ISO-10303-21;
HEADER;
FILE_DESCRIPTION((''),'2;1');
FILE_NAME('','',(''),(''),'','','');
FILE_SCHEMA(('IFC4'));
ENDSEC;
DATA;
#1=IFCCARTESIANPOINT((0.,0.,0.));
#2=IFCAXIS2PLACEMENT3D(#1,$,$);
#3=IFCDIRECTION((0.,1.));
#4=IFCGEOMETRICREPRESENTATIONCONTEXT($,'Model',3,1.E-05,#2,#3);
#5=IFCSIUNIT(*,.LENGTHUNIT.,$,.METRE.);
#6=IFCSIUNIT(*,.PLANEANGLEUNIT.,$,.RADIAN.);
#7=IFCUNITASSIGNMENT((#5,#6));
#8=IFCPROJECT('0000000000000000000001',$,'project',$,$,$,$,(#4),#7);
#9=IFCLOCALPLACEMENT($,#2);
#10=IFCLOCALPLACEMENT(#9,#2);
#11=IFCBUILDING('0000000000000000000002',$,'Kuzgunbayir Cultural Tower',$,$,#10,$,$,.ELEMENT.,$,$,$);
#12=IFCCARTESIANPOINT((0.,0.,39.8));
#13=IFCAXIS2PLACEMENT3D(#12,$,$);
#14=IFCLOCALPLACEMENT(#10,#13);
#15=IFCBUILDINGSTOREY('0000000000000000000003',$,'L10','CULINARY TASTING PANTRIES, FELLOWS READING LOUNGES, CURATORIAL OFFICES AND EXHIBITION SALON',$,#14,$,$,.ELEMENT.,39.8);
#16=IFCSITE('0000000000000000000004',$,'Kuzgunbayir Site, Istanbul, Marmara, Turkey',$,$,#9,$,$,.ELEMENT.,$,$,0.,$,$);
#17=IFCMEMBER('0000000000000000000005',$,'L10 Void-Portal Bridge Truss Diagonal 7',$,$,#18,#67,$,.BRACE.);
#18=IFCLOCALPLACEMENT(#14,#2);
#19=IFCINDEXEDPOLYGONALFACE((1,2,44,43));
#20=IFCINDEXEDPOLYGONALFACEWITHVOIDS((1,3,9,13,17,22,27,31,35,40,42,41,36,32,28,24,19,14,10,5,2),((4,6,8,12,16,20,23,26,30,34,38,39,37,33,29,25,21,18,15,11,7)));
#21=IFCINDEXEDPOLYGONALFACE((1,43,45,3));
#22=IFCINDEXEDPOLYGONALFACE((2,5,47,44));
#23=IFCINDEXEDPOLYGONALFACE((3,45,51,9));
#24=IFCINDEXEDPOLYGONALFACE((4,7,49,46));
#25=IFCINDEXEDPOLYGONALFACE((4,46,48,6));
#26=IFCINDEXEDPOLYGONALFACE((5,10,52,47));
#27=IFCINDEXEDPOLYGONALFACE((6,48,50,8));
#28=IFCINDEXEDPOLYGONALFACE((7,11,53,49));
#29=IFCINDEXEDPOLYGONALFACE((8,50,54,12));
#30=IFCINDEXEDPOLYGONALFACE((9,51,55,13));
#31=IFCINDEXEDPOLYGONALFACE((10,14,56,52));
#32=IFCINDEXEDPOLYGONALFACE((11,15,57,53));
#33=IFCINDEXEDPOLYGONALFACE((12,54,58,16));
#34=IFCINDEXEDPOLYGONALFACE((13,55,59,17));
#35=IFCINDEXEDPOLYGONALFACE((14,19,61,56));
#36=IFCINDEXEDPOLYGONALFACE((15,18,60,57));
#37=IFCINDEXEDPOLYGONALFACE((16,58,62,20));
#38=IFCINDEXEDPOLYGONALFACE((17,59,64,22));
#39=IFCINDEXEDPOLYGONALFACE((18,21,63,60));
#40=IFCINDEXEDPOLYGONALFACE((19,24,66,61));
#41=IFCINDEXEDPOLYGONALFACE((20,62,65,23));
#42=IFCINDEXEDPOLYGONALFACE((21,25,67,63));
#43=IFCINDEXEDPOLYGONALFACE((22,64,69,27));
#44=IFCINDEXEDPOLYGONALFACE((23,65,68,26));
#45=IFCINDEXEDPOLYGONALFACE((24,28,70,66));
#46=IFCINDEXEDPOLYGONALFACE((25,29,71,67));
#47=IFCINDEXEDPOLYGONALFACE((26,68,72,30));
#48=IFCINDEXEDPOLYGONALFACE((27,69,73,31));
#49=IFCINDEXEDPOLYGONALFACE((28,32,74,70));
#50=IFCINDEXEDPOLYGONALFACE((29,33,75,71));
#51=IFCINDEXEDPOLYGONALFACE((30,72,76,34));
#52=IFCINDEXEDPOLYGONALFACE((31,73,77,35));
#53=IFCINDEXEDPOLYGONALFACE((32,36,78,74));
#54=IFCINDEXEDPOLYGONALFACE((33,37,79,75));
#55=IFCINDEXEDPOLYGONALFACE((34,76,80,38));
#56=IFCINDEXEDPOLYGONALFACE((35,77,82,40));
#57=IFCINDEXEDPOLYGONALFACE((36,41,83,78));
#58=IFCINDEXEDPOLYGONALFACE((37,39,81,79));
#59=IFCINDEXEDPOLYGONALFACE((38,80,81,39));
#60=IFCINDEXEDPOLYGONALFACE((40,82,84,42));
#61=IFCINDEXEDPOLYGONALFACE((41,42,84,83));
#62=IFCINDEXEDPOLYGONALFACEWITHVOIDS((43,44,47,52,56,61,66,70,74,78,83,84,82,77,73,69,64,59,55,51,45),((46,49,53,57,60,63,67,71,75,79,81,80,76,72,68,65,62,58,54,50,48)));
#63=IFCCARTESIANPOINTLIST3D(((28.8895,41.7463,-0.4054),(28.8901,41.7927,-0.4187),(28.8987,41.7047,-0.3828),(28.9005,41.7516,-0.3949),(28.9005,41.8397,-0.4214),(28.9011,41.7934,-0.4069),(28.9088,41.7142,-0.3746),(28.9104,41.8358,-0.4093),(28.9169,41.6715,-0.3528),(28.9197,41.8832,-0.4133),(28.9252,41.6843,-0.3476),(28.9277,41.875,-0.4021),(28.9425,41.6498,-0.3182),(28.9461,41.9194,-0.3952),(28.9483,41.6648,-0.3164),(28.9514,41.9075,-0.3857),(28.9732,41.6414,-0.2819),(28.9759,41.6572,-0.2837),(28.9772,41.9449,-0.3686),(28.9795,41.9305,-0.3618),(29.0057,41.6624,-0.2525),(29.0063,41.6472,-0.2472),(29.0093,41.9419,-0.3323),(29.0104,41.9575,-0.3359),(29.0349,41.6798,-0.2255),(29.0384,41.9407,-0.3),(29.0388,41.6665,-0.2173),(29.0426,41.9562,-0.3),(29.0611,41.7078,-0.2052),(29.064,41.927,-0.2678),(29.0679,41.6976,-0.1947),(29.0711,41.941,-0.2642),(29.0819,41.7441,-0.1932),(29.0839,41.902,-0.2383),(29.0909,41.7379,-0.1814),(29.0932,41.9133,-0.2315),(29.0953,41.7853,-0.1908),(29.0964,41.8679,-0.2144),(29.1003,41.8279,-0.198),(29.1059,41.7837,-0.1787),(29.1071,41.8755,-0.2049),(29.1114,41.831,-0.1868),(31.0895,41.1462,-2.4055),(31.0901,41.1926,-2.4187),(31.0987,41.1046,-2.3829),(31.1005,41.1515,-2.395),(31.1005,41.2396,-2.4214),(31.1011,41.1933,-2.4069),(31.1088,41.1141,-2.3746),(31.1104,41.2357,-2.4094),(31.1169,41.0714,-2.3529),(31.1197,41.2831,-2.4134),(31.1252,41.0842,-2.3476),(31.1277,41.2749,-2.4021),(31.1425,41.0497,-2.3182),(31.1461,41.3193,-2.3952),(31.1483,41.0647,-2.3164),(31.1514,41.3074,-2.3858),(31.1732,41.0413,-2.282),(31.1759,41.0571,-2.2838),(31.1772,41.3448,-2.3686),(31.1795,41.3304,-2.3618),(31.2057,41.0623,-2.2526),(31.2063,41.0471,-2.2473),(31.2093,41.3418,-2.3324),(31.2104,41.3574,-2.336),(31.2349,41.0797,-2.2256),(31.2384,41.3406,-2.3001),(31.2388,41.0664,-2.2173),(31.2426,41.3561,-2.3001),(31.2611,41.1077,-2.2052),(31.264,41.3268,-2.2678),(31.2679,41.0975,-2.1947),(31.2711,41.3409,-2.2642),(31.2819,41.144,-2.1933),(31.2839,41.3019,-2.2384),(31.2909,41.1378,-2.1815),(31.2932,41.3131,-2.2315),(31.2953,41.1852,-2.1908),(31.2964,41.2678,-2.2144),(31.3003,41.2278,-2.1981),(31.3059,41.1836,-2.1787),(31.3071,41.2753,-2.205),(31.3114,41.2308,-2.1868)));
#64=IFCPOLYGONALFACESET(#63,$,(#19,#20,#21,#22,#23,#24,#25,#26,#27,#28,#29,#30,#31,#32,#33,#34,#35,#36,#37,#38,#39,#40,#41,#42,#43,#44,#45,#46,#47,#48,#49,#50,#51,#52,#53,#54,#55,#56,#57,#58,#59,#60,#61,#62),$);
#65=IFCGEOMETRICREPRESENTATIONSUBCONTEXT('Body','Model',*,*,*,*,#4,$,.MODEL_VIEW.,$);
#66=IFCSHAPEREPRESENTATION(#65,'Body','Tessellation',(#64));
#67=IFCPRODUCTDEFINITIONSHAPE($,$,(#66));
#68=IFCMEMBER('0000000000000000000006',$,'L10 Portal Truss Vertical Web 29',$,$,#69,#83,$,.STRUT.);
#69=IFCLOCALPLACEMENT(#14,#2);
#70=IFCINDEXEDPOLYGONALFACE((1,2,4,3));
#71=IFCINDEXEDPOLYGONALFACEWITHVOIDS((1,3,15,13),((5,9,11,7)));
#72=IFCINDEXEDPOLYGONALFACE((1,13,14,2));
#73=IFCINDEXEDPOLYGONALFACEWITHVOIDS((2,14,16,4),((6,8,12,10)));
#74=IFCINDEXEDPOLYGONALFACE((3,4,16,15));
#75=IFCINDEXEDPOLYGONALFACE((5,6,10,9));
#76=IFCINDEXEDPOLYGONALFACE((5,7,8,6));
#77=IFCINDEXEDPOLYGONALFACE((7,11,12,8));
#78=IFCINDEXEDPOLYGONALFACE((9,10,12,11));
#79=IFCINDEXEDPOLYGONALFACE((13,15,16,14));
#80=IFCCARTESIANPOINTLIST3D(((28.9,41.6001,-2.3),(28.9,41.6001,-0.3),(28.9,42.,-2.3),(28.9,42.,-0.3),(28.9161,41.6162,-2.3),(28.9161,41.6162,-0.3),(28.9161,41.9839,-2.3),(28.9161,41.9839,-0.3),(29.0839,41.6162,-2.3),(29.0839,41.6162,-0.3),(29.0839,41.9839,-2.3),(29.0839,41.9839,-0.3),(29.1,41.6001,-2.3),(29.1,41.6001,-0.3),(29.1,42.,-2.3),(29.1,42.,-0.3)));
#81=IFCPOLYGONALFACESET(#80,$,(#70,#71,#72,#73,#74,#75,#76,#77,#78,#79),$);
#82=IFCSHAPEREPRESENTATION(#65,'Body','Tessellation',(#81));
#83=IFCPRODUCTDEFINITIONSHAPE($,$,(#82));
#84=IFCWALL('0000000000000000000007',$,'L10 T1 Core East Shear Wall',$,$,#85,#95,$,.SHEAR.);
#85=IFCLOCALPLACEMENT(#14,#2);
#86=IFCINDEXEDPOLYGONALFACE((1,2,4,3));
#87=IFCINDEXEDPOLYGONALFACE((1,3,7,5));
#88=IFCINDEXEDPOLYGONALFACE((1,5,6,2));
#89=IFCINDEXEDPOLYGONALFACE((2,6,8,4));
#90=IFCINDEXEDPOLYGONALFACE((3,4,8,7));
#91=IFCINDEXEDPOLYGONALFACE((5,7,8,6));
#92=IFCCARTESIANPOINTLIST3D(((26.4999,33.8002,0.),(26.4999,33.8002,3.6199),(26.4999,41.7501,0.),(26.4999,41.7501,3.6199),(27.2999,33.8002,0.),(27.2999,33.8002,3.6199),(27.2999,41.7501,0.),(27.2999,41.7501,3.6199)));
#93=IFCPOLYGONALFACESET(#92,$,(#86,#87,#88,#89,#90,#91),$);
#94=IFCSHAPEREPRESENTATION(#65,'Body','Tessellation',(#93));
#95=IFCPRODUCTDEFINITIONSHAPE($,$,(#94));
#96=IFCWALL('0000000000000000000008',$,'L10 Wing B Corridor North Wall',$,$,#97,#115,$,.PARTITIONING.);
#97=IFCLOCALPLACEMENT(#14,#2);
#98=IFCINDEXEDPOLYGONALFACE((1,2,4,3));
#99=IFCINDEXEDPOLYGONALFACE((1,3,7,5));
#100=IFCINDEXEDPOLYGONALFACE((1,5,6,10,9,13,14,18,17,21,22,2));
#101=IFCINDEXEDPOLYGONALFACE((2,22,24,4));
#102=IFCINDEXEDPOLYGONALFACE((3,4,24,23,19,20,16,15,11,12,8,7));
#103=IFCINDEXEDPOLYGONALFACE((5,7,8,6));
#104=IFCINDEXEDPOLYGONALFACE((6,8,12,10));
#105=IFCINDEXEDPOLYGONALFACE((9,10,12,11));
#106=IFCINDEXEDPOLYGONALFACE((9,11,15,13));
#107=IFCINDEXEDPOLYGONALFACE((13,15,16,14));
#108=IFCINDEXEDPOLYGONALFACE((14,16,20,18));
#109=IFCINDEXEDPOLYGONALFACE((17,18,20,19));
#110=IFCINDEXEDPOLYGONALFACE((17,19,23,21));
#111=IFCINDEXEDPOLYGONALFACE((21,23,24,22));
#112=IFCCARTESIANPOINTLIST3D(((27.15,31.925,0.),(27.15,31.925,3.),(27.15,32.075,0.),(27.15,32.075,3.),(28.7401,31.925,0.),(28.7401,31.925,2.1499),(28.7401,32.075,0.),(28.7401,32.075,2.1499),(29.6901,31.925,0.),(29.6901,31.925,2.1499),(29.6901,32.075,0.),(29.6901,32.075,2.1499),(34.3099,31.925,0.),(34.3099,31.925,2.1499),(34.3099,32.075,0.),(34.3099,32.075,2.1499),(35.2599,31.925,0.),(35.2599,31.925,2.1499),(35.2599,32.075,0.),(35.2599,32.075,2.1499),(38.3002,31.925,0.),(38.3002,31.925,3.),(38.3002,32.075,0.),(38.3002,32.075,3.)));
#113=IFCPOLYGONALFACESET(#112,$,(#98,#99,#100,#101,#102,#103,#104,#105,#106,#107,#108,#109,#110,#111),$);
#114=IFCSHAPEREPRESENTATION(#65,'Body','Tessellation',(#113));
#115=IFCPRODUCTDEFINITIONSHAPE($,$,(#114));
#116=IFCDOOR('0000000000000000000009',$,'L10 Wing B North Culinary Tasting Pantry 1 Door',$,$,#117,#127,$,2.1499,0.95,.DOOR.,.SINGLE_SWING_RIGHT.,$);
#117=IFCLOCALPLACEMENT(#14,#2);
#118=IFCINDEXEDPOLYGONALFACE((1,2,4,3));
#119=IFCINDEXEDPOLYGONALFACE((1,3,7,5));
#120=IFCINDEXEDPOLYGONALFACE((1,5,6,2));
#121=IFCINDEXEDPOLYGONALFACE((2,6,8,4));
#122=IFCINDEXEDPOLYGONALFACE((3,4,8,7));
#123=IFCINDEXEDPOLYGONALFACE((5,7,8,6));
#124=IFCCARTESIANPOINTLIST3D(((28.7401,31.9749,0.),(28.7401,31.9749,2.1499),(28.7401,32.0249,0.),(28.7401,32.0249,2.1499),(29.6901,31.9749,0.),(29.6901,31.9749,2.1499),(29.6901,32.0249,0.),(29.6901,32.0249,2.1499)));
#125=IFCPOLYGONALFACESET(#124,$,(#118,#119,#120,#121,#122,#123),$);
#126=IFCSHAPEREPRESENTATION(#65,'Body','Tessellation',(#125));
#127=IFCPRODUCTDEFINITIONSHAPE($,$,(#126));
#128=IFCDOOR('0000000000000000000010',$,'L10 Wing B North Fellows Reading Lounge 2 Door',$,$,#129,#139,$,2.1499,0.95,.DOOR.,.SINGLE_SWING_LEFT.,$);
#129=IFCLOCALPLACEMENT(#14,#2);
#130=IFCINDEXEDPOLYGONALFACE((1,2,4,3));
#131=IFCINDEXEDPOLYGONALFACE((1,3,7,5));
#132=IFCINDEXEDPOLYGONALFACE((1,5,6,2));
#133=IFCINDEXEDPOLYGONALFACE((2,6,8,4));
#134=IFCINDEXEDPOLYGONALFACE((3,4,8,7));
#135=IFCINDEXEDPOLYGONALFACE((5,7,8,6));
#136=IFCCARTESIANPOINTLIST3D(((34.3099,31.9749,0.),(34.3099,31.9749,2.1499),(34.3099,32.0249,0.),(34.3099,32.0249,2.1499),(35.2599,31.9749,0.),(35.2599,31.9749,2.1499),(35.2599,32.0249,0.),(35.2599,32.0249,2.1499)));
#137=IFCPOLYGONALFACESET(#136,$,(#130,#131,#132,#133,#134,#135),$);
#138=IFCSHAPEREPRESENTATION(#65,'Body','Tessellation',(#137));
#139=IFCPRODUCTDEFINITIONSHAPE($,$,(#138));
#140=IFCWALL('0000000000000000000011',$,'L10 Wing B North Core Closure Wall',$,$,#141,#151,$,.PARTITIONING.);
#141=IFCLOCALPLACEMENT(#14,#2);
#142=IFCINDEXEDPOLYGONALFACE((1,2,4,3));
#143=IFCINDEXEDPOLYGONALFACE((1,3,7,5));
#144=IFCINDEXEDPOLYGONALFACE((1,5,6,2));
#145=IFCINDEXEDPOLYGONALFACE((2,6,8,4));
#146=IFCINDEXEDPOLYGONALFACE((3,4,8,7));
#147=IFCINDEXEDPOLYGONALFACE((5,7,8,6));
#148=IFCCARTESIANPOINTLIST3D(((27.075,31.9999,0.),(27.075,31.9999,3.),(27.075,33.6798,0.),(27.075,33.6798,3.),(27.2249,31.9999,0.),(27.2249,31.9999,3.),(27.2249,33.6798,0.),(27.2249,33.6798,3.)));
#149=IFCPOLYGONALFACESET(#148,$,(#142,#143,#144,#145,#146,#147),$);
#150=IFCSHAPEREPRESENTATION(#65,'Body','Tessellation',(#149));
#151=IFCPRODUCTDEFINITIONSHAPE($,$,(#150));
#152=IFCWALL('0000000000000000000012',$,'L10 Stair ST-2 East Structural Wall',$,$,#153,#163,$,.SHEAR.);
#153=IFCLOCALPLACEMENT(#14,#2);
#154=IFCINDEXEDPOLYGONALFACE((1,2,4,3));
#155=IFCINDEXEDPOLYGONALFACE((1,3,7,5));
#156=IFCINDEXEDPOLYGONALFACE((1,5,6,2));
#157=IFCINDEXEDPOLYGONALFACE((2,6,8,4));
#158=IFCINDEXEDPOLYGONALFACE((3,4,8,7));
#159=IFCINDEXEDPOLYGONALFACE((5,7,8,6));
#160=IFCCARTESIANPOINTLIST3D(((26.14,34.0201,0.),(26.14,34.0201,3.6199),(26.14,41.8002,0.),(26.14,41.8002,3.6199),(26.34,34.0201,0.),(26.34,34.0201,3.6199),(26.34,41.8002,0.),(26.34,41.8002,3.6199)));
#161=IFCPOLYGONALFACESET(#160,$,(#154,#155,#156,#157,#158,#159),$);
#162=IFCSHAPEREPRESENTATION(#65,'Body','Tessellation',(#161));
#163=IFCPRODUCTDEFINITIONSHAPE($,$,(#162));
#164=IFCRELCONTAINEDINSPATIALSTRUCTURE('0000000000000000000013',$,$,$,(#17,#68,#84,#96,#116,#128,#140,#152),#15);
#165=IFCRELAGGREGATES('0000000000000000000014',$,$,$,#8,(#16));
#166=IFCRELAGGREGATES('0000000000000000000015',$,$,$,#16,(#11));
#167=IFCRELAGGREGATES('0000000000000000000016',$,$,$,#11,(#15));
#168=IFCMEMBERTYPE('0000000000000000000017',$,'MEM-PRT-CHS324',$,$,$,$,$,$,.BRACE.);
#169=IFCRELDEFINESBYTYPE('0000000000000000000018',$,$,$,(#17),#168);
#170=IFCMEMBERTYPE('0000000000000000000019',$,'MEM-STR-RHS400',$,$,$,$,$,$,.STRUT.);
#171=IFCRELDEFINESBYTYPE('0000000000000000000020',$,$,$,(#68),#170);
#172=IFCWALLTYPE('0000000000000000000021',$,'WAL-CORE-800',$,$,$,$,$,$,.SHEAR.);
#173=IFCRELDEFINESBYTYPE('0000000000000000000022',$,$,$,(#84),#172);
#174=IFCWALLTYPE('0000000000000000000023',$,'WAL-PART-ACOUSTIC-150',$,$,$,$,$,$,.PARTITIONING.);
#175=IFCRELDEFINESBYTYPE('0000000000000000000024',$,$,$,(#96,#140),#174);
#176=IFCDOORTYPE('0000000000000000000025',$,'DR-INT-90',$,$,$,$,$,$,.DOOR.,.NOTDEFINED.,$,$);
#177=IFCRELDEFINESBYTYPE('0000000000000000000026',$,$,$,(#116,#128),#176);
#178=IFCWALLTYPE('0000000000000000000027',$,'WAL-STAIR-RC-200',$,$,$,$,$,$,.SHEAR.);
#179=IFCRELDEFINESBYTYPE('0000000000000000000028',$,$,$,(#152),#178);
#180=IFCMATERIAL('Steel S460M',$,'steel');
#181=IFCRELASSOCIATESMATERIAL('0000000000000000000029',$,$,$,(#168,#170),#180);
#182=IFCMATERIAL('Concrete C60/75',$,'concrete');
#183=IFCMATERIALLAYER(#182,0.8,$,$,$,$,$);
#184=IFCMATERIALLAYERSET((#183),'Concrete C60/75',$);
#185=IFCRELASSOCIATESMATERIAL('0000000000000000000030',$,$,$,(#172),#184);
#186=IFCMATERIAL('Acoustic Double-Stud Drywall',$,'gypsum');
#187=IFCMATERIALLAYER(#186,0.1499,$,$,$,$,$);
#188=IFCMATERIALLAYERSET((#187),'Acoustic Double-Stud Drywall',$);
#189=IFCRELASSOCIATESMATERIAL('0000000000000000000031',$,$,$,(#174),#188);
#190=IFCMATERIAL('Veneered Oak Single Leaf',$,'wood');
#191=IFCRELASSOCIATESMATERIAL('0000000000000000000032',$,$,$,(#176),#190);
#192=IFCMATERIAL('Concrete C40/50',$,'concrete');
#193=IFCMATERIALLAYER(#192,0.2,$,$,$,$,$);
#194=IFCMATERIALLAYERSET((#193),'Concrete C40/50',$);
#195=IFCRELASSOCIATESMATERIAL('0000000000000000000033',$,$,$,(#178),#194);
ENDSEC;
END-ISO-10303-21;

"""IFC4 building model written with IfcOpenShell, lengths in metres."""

from ifc_helpers import new_model, si_unit, direction, frame, frame_2d, origin, origin_2d, place, context, subcontext, project, spatial, rectangle, hollow_rectangle, hollow_circle, extrude, material, layer, layer_set, material_profile, profile_set, type_object, element, fill, save


model = new_model("IFC4")

# Units and contexts
model_context = context("Model", 3, precision=1e-05, world=origin(), true_north=direction((0.0, 1.0)))
body_context = subcontext(model_context, "Body", "Model", "MODEL_VIEW")
ifc_project = project(units=[si_unit("LENGTHUNIT", "METRE"), si_unit("PLANEANGLEUNIT", "RADIAN")], contexts=[model_context])

# Site, building, storey
site_placement = place(None, origin())
site = spatial("IfcSite", under=ifc_project, at=site_placement, Name="Kuzgunbayir Site, Istanbul, Marmara, Turkey", CompositionType="ELEMENT", RefElevation=0.0)
building_placement = place(site_placement, origin())
building = spatial("IfcBuilding", under=site, at=building_placement, Name="Kuzgunbayir Cultural Tower", CompositionType="ELEMENT")
storey_placement = place(building_placement, frame((0.0, 0.0, 39.8)))
storey = spatial("IfcBuildingStorey", under=building, at=storey_placement, Name="L10", Description="CULINARY TASTING PANTRIES, FELLOWS READING LOUNGES, CURATORIAL OFFICES AND EXHIBITION SALON", CompositionType="ELEMENT", Elevation=39.8)

# Shared definitions
ifc_material_1 = material(Name="Concrete C60/75", Category="concrete")

# Shared definitions
ifc_material_2 = material(Name="Steel S460M", Category="steel")

# Members
ifc_material_profile_1 = material_profile(ifc_material_2, hollow_circle(Radius=0.1619, WallThickness=0.0161, at=origin_2d()), Name="CHS 323.9x16")
ifc_profile_set_1 = profile_set([ifc_material_profile_1], Name="Steel S460M")
member_type_1 = type_object("IfcMemberType", Name="MEM-PRT-CHS324", PredefinedType="BRACE", material=ifc_profile_set_1)
member_1_placement = place(storey_placement, frame((29.0, 41.8, -0.3), z_axis=(0.725306, -0.197847, -0.659384), x_axis=(0.263163, 0.964751, 0.0)))
element("IfcMember", 1, at=member_1_placement, inside=storey, type_object=member_type_1, Name="L10 Void-Portal Bridge Truss Diagonal 7", PredefinedType="BRACE", context=body_context, shape_type="SweptSolid", body=[
    extrude(hollow_circle(Radius=0.1619, WallThickness=0.0161, at=origin_2d()), origin(), (0.0, 0.0, 1.0), 3.0332),
])
ifc_material_profile_2 = material_profile(ifc_material_2, hollow_rectangle(XDim=0.2, YDim=0.3999, WallThickness=0.0161, at=origin_2d()), Name="RHS 400x200x16")
ifc_profile_set_2 = profile_set([ifc_material_profile_2], Name="Steel S460M")
member_type_2 = type_object("IfcMemberType", Name="MEM-STR-RHS400", PredefinedType="STRUT", material=ifc_profile_set_2)
member_2_placement = place(storey_placement, frame((29.0, 41.8, -2.3), z_axis=(0.0, 0.0, 1.0), x_axis=(1.0, 0.0, 0.0)))
element("IfcMember", 2, at=member_2_placement, inside=storey, type_object=member_type_2, Name="L10 Portal Truss Vertical Web 29", PredefinedType="STRUT", context=body_context, shape_type="SweptSolid", body=[
    extrude(hollow_rectangle(XDim=0.2, YDim=0.3999, WallThickness=0.0161, at=origin_2d()), origin(), (0.0, 0.0, 1.0), 2.0),
])

# Wall
ifc_layer_1 = layer(ifc_material_1, 0.8)
ifc_layer_set_1 = layer_set([ifc_layer_1], Name="Concrete C60/75")
wall_type_1 = type_object("IfcWallType", Name="WAL-CORE-800", PredefinedType="SHEAR", material=ifc_layer_set_1)
wall_1_placement = place(storey_placement, frame((26.8999, 33.8, 0.0), z_axis=(0.0, 0.0, 1.0), x_axis=(0.0, 1.0, 0.0)))
element("IfcWall", 3, at=wall_1_placement, inside=storey, type_object=wall_type_1, Name="L10 T1 Core East Shear Wall", PredefinedType="SHEAR", context=body_context, shape_type="SweptSolid", body=[
    extrude(rectangle(XDim=7.95, YDim=0.8, at=frame_2d((3.9751, 0.0))), origin(), (0.0, 0.0, 1.0), 3.6199),
])

# Wall, openings, doors
ifc_material_3 = material(Name="Acoustic Double-Stud Drywall", Category="gypsum")
ifc_layer_2 = layer(ifc_material_3, 0.1499)
ifc_layer_set_2 = layer_set([ifc_layer_2], Name="Acoustic Double-Stud Drywall")
wall_type_2 = type_object("IfcWallType", Name="WAL-PART-ACOUSTIC-150", PredefinedType="PARTITIONING", material=ifc_layer_set_2)
ifc_material_4 = material(Name="Veneered Oak Single Leaf", Category="wood")
door_type = type_object("IfcDoorType", Name="DR-INT-90", OperationType="NOTDEFINED", PredefinedType="DOOR", material=ifc_material_4)
wall_2_placement = place(storey_placement, frame((27.1499, 32.0, 0.0), z_axis=(0.0, 0.0, 1.0), x_axis=(1.0, 0.0, 0.0)))
wall_2 = element("IfcWall", 4, at=wall_2_placement, inside=storey, type_object=wall_type_2, Name="L10 Wing B Corridor North Wall", PredefinedType="PARTITIONING", context=body_context, shape_type="SweptSolid", body=[
    extrude(rectangle(XDim=11.1501, YDim=0.1499, at=frame_2d((5.5752, 0.0))), origin(), (0.0, 0.0, 1.0), 3.0),
])
opening_1_placement = place(wall_2_placement, frame((1.5901, 0.0, 0.0)))
opening_1 = element("IfcOpeningElement", 5, at=opening_1_placement, cuts=wall_2, PredefinedType="OPENING", context=body_context, shape_type="SweptSolid", body=[
    extrude(rectangle(XDim=0.95, YDim=2.1499, at=frame_2d((0.4751, 1.075))), frame((0.0, 0.085, 0.0), z_axis=(0.0, -1.0, 0.0), x_axis=(1.0, 0.0, 0.0)), (0.0, 0.0, 1.0), 0.1699),
])
opening_2_placement = place(wall_2_placement, frame((7.1599, 0.0, 0.0)))
opening_2 = element("IfcOpeningElement", 6, at=opening_2_placement, cuts=wall_2, PredefinedType="OPENING", context=body_context, shape_type="SweptSolid", body=[
    extrude(rectangle(XDim=0.95, YDim=2.1499, at=frame_2d((0.4751, 1.075))), frame((0.0, 0.085, 0.0), z_axis=(0.0, -1.0, 0.0), x_axis=(1.0, 0.0, 0.0)), (0.0, 0.0, 1.0), 0.1699),
])
door_1_placement = place(opening_1_placement, origin())
door_1 = element("IfcDoor", 7, at=door_1_placement, inside=storey, type_object=door_type, Name="L10 Wing B North Culinary Tasting Pantry 1 Door", OperationType="SINGLE_SWING_RIGHT", OverallHeight=2.1499, OverallWidth=0.95, PredefinedType="DOOR", context=body_context, shape_type="SweptSolid", body=[
    extrude(rectangle(XDim=0.95, YDim=2.1499, at=frame_2d((0.4751, 1.075))), frame((0.0, 0.0249, 0.0), z_axis=(0.0, -1.0, 0.0), x_axis=(1.0, 0.0, 0.0)), (0.0, 0.0, 1.0), 0.05),
])
fill(opening_1, door_1)
door_2_placement = place(opening_2_placement, origin())
door_2 = element("IfcDoor", 8, at=door_2_placement, inside=storey, type_object=door_type, Name="L10 Wing B North Fellows Reading Lounge 2 Door", OperationType="SINGLE_SWING_LEFT", OverallHeight=2.1499, OverallWidth=0.95, PredefinedType="DOOR", context=body_context, shape_type="SweptSolid", body=[
    extrude(rectangle(XDim=0.95, YDim=2.1499, at=frame_2d((0.4751, 1.075))), frame((0.0, 0.0249, 0.0), z_axis=(0.0, -1.0, 0.0), x_axis=(1.0, 0.0, 0.0)), (0.0, 0.0, 1.0), 0.05),
])
fill(opening_2, door_2)

# Walls
wall_3_placement = place(storey_placement, frame((27.1499, 32.0, 0.0), z_axis=(0.0, 0.0, 1.0), x_axis=(0.0, 1.0, 0.0)))
element("IfcWall", 9, at=wall_3_placement, inside=storey, type_object=wall_type_2, Name="L10 Wing B North Core Closure Wall", PredefinedType="PARTITIONING", context=body_context, shape_type="SweptSolid", body=[
    extrude(rectangle(XDim=1.6799, YDim=0.1499, at=frame_2d((0.8398, 0.0))), origin(), (0.0, 0.0, 1.0), 3.0),
])
ifc_material_5 = material(Name="Concrete C40/50", Category="concrete")
ifc_layer_3 = layer(ifc_material_5, 0.2)
ifc_layer_set_3 = layer_set([ifc_layer_3], Name="Concrete C40/50")
wall_type_3 = type_object("IfcWallType", Name="WAL-STAIR-RC-200", PredefinedType="SHEAR", material=ifc_layer_set_3)
wall_4_placement = place(storey_placement, frame((26.24, 34.02, 0.0), z_axis=(0.0, 0.0, 1.0), x_axis=(0.0, 1.0, 0.0)))
element("IfcWall", 10, at=wall_4_placement, inside=storey, type_object=wall_type_3, Name="L10 Stair ST-2 East Structural Wall", PredefinedType="SHEAR", context=body_context, shape_type="SweptSolid", body=[
    extrude(rectangle(XDim=7.78, YDim=0.2, at=frame_2d((3.8901, 0.0))), origin(), (0.0, 0.0, 1.0), 3.6199),
])

save(model, "model.ifc")
